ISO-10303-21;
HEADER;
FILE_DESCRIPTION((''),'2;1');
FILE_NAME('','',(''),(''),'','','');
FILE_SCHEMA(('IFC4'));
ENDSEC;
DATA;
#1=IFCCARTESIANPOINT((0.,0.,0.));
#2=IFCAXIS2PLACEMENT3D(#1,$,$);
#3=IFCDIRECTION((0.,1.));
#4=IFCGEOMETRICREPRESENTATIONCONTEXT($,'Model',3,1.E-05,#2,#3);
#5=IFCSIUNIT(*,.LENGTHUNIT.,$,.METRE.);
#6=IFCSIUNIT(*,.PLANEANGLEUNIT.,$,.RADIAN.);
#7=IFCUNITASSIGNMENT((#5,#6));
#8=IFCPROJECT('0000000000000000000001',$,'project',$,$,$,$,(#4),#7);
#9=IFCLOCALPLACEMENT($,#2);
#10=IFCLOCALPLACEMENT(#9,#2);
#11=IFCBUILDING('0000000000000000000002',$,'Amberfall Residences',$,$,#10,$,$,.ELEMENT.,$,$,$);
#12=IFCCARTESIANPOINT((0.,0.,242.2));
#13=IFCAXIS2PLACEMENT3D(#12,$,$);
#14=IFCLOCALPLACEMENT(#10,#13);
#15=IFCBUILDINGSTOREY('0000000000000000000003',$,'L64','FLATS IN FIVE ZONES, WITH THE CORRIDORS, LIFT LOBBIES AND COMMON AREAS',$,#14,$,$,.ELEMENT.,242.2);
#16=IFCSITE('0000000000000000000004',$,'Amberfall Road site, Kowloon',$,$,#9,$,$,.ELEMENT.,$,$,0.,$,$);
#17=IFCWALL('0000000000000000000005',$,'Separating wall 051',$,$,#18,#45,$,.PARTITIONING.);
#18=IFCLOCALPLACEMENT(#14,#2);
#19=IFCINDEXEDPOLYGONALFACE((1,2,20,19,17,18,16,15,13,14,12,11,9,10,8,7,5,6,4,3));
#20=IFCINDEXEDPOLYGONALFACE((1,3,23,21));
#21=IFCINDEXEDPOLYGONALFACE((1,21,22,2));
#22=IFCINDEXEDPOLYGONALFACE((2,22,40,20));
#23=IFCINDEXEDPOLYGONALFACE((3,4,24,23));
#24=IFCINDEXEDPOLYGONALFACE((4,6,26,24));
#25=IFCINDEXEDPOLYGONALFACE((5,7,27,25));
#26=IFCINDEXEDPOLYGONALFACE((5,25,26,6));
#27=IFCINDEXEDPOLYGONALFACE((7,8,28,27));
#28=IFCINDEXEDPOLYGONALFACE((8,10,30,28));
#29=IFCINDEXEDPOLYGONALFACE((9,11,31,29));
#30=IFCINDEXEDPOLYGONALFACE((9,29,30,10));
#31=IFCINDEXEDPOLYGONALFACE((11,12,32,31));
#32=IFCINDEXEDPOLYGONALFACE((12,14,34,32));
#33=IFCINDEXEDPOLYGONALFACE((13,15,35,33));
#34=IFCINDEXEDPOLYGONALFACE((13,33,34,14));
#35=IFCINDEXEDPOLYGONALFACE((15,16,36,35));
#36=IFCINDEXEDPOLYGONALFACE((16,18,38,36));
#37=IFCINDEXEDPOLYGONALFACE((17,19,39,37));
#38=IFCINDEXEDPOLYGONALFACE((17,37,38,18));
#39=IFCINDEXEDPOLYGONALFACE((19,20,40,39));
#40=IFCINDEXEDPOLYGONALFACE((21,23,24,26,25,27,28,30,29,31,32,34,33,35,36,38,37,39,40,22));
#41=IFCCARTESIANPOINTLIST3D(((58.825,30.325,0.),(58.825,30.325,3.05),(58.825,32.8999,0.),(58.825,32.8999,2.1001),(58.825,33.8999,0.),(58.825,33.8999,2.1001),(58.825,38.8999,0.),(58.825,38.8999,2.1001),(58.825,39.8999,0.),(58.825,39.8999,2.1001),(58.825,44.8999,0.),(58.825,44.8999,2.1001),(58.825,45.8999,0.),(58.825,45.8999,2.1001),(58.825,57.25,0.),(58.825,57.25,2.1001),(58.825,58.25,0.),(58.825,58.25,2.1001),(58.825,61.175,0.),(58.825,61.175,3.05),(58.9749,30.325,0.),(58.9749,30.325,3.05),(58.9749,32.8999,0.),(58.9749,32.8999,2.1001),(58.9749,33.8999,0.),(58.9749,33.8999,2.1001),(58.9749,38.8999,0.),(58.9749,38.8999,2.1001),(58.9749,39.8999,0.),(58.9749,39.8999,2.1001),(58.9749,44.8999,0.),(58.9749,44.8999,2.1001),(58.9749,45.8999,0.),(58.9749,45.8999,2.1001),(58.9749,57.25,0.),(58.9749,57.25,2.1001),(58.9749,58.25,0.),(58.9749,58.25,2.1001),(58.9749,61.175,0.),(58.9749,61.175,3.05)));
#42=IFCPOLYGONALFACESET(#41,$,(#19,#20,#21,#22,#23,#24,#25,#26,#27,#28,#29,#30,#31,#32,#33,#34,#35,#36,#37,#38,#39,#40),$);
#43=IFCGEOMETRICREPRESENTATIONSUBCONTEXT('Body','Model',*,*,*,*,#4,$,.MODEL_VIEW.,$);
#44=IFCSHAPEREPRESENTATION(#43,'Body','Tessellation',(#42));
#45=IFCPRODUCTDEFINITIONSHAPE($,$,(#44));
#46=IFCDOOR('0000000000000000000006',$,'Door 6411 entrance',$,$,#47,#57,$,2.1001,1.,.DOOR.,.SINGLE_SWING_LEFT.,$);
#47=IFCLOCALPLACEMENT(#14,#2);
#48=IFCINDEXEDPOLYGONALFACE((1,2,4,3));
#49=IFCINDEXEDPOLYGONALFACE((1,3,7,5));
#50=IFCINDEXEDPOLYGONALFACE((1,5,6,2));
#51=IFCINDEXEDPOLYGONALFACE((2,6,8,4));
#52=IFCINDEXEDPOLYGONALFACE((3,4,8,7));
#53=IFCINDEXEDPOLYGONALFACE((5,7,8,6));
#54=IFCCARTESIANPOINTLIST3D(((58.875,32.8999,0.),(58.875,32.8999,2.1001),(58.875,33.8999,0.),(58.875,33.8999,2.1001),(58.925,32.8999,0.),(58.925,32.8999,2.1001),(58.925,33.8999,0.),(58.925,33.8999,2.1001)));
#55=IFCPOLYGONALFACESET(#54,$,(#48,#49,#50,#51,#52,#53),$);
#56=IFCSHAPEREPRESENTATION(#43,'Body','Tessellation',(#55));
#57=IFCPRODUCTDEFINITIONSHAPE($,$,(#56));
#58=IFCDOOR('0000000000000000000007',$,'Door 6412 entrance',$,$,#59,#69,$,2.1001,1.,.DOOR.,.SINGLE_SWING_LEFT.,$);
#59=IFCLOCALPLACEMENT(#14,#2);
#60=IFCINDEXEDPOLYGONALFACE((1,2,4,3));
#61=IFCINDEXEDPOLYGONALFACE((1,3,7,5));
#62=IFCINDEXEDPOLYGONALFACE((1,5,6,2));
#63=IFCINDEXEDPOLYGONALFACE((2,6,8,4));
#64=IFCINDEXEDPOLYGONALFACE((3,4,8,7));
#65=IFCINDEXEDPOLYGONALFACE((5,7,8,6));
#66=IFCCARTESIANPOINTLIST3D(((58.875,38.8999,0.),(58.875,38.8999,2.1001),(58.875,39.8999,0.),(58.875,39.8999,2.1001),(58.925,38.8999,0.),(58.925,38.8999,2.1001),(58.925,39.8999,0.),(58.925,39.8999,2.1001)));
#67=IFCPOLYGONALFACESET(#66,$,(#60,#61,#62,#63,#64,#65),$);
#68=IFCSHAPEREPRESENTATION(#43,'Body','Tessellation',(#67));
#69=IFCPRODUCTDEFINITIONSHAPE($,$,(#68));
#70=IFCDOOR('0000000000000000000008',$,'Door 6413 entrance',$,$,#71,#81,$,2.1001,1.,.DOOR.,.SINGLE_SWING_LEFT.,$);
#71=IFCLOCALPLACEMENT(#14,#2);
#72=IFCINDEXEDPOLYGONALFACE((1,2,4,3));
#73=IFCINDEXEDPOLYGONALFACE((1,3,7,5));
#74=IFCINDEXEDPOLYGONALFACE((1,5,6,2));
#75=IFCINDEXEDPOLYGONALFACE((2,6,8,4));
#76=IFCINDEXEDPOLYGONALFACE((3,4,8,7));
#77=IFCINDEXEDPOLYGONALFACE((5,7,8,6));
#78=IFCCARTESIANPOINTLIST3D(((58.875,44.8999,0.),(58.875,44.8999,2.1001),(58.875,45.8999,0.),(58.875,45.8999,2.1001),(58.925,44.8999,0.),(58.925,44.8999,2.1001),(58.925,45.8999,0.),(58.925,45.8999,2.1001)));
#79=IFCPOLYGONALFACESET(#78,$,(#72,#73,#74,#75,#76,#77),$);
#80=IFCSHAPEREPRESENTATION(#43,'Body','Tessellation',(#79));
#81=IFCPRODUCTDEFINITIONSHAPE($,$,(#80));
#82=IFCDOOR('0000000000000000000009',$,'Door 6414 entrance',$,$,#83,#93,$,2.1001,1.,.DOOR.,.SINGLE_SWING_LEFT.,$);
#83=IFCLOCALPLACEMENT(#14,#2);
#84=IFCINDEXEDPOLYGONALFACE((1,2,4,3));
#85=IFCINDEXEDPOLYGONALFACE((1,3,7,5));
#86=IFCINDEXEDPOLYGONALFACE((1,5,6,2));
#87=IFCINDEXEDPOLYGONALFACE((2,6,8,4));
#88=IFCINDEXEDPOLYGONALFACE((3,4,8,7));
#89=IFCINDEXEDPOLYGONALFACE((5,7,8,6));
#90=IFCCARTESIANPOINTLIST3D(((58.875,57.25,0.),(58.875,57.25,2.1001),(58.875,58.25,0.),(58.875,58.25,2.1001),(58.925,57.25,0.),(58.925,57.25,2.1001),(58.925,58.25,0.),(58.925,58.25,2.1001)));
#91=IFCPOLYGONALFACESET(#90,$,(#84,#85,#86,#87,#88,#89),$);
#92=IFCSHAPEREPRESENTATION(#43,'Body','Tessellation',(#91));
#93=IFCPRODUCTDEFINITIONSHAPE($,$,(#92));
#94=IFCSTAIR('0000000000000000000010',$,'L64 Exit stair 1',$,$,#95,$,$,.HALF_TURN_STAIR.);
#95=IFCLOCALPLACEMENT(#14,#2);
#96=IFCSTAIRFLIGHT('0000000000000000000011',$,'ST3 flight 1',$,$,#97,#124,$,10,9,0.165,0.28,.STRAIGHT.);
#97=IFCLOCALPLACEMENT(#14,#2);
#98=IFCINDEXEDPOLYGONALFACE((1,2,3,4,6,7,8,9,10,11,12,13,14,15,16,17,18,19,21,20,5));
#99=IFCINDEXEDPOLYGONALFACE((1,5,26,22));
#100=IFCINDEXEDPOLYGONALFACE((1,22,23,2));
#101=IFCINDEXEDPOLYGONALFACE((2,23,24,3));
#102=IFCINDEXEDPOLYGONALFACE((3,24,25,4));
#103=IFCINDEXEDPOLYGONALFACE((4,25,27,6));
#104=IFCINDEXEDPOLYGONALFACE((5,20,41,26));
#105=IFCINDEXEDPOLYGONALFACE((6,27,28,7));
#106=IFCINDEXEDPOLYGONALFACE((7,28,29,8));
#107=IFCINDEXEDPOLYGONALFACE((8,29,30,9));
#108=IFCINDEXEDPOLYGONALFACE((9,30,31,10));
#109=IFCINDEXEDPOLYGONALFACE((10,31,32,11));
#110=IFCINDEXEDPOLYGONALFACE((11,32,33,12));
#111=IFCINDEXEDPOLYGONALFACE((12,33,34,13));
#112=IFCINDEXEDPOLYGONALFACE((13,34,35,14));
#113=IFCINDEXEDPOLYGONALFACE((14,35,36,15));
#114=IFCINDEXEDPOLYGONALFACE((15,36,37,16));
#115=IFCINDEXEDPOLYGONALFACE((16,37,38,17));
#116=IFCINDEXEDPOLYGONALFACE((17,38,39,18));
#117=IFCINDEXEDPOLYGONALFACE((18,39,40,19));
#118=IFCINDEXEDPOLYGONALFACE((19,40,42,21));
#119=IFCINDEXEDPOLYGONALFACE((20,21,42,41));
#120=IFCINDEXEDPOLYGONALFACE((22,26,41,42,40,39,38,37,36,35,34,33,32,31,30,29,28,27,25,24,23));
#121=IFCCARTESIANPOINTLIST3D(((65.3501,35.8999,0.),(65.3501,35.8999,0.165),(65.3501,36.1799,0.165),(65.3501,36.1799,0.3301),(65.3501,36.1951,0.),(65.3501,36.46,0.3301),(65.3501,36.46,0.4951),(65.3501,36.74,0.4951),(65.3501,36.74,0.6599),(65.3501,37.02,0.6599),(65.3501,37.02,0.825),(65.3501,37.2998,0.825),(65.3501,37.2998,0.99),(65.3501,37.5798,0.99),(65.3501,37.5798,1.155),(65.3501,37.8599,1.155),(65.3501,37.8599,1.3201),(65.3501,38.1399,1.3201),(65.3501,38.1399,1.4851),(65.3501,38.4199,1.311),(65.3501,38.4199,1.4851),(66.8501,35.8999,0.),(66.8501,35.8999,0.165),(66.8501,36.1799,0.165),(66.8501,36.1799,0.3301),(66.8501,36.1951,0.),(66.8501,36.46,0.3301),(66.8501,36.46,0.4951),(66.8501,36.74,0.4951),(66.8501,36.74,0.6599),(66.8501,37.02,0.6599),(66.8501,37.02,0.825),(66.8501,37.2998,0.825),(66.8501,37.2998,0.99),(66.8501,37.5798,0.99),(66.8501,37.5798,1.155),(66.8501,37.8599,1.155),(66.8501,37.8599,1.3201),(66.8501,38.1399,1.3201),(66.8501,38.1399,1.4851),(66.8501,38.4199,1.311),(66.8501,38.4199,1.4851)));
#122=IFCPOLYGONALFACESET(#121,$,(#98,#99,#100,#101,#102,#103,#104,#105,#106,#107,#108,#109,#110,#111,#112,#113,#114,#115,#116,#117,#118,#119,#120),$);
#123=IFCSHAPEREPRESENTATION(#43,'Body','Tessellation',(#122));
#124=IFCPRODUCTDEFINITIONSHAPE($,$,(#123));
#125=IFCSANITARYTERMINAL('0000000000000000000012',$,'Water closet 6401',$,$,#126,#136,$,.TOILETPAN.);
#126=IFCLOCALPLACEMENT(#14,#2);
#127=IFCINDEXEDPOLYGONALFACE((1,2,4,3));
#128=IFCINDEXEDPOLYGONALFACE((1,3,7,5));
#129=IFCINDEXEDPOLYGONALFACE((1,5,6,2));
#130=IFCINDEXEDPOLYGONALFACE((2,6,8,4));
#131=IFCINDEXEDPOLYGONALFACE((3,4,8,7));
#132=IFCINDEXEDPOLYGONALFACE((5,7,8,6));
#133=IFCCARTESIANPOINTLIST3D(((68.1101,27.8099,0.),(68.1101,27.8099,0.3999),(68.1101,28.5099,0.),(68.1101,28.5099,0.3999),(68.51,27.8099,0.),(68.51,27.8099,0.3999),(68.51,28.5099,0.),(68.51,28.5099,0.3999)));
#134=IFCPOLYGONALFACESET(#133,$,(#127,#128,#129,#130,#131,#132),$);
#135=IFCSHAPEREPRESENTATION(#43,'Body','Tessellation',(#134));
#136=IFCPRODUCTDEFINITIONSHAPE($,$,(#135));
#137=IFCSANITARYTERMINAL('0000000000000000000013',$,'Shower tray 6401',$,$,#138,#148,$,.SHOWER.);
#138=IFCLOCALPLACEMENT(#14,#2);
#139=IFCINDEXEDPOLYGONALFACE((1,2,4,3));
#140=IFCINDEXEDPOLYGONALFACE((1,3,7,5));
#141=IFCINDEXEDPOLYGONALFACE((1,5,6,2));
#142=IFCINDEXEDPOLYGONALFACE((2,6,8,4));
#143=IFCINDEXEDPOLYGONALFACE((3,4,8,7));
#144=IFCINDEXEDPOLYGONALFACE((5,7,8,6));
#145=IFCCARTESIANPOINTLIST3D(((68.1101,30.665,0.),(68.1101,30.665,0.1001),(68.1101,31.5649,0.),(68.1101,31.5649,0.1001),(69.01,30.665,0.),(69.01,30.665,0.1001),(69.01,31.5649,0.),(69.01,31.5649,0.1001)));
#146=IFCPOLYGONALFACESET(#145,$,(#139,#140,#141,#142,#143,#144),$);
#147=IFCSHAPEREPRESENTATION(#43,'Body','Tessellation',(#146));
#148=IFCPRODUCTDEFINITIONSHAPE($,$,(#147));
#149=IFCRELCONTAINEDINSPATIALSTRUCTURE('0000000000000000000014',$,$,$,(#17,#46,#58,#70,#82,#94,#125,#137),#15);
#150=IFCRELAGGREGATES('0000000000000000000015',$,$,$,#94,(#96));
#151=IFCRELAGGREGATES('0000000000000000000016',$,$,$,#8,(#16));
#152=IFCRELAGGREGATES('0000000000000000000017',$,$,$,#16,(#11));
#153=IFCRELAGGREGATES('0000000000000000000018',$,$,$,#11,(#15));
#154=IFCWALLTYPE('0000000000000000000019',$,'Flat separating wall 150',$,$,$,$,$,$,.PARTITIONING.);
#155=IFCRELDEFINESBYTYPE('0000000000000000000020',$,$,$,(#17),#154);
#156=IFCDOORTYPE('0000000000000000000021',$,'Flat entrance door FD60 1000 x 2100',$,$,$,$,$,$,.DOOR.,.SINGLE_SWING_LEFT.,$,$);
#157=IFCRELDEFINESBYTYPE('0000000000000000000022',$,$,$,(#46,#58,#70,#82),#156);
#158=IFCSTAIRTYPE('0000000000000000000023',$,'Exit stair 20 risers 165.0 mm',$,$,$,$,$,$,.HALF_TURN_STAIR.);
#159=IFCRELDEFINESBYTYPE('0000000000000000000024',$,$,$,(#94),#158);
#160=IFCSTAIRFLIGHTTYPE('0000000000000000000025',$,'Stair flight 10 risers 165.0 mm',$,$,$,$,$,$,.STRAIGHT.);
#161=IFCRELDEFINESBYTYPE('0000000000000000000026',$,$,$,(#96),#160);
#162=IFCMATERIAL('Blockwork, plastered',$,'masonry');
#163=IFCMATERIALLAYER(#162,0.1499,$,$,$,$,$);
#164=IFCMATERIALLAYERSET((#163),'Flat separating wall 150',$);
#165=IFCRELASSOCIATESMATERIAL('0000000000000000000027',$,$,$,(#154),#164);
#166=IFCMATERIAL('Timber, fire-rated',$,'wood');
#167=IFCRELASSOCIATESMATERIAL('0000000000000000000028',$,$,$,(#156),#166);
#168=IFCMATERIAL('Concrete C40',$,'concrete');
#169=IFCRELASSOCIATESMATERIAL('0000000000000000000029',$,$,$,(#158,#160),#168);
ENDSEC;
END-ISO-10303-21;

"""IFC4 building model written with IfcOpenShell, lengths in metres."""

from ifc_helpers import new_model, si_unit, direction, frame, frame_2d, origin, origin_2d, place, context, subcontext, project, spatial, polyline, rectangle, outline, extrude, material, layer, layer_set, type_object, element, fill, aggregate, save


model = new_model("IFC4")

# Units and contexts
model_context = context("Model", 3, precision=1e-05, world=origin(), true_north=direction((0.0, 1.0)))
body_context = subcontext(model_context, "Body", "Model", "MODEL_VIEW")
ifc_project = project(units=[si_unit("LENGTHUNIT", "METRE"), si_unit("PLANEANGLEUNIT", "RADIAN")], contexts=[model_context])

# Site, building, storey
site_placement = place(None, origin())
site = spatial("IfcSite", under=ifc_project, at=site_placement, Name="Amberfall Road site, Kowloon", CompositionType="ELEMENT", RefElevation=0.0)
building_placement = place(site_placement, origin())
building = spatial("IfcBuilding", under=site, at=building_placement, Name="Amberfall Residences", CompositionType="ELEMENT")
storey_placement = place(building_placement, frame((0.0, 0.0, 242.2)))
storey = spatial("IfcBuildingStorey", under=building, at=storey_placement, Name="L64", Description="FLATS IN FIVE ZONES, WITH THE CORRIDORS, LIFT LOBBIES AND COMMON AREAS", CompositionType="ELEMENT", Elevation=242.2)

# Wall, openings, doors
ifc_material_1 = material(Name="Blockwork, plastered", Category="masonry")
ifc_layer_1 = layer(ifc_material_1, 0.1499)
ifc_layer_set_1 = layer_set([ifc_layer_1], Name="Flat separating wall 150")
wall_type_1 = type_object("IfcWallType", Name="Flat separating wall 150", PredefinedType="PARTITIONING", material=ifc_layer_set_1)
wall_1_placement = place(storey_placement, frame((58.8999, 30.325, 0.0), z_axis=(0.0, 0.0, 1.0), x_axis=(0.0, 1.0, 0.0)))
wall_1 = element("IfcWall", 1, at=wall_1_placement, inside=storey, type_object=wall_type_1, Name="Separating wall 051", PredefinedType="PARTITIONING", context=body_context, shape_type="SweptSolid", body=[
    extrude(rectangle(XDim=30.8501, YDim=0.1499, at=frame_2d((15.425, 0.0))), origin(), (0.0, 0.0, 1.0), 3.05),
])
opening_1_placement = place(wall_1_placement, frame((2.575, 0.0, 0.0)))
opening_1 = element("IfcOpeningElement", 2, at=opening_1_placement, cuts=wall_1, PredefinedType="OPENING", context=body_context, shape_type="SweptSolid", body=[
    extrude(rectangle(XDim=1.0, YDim=2.1001, at=frame_2d((0.5, 1.05))), frame((0.0, 0.085, 0.0), z_axis=(0.0, -1.0, 0.0), x_axis=(1.0, 0.0, 0.0)), (0.0, 0.0, 1.0), 0.1699),
])
opening_2_placement = place(wall_1_placement, frame((8.575, 0.0, 0.0)))
opening_2 = element("IfcOpeningElement", 3, at=opening_2_placement, cuts=wall_1, PredefinedType="OPENING", context=body_context, shape_type="SweptSolid", body=[
    extrude(rectangle(XDim=1.0, YDim=2.1001, at=frame_2d((0.5, 1.05))), frame((0.0, 0.085, 0.0), z_axis=(0.0, -1.0, 0.0), x_axis=(1.0, 0.0, 0.0)), (0.0, 0.0, 1.0), 0.1699),
])
opening_3_placement = place(wall_1_placement, frame((14.575, 0.0, 0.0)))
opening_3 = element("IfcOpeningElement", 4, at=opening_3_placement, cuts=wall_1, PredefinedType="OPENING", context=body_context, shape_type="SweptSolid", body=[
    extrude(rectangle(XDim=1.0, YDim=2.1001, at=frame_2d((0.5, 1.05))), frame((0.0, 0.085, 0.0), z_axis=(0.0, -1.0, 0.0), x_axis=(1.0, 0.0, 0.0)), (0.0, 0.0, 1.0), 0.1699),
])
opening_4_placement = place(wall_1_placement, frame((26.925, 0.0, 0.0)))
opening_4 = element("IfcOpeningElement", 5, at=opening_4_placement, cuts=wall_1, PredefinedType="OPENING", context=body_context, shape_type="SweptSolid", body=[
    extrude(rectangle(XDim=1.0, YDim=2.1001, at=frame_2d((0.5, 1.05))), frame((0.0, 0.085, 0.0), z_axis=(0.0, -1.0, 0.0), x_axis=(1.0, 0.0, 0.0)), (0.0, 0.0, 1.0), 0.1699),
])
ifc_material_2 = material(Name="Timber, fire-rated", Category="wood")
door_type_1 = type_object("IfcDoorType", Name="Flat entrance door FD60 1000 x 2100", OperationType="SINGLE_SWING_LEFT", PredefinedType="DOOR", material=ifc_material_2)
door_1_placement = place(opening_1_placement, origin())
door_1 = element("IfcDoor", 6, at=door_1_placement, inside=storey, type_object=door_type_1, Name="Door 6411 entrance", OperationType="SINGLE_SWING_LEFT", OverallHeight=2.1001, OverallWidth=1.0, PredefinedType="DOOR", context=body_context, shape_type="SweptSolid", body=[
    extrude(rectangle(XDim=1.0, YDim=2.1001, at=frame_2d((0.5, 1.05))), frame((0.0, 0.0249, 0.0), z_axis=(0.0, -1.0, 0.0), x_axis=(1.0, 0.0, 0.0)), (0.0, 0.0, 1.0), 0.05),
])
fill(opening_1, door_1)
door_2_placement = place(opening_2_placement, origin())
door_2 = element("IfcDoor", 7, at=door_2_placement, inside=storey, type_object=door_type_1, Name="Door 6412 entrance", OperationType="SINGLE_SWING_LEFT", OverallHeight=2.1001, OverallWidth=1.0, PredefinedType="DOOR", context=body_context, shape_type="SweptSolid", body=[
    extrude(rectangle(XDim=1.0, YDim=2.1001, at=frame_2d((0.5, 1.05))), frame((0.0, 0.0249, 0.0), z_axis=(0.0, -1.0, 0.0), x_axis=(1.0, 0.0, 0.0)), (0.0, 0.0, 1.0), 0.05),
])
fill(opening_2, door_2)
door_3_placement = place(opening_3_placement, origin())
door_3 = element("IfcDoor", 8, at=door_3_placement, inside=storey, type_object=door_type_1, Name="Door 6413 entrance", OperationType="SINGLE_SWING_LEFT", OverallHeight=2.1001, OverallWidth=1.0, PredefinedType="DOOR", context=body_context, shape_type="SweptSolid", body=[
    extrude(rectangle(XDim=1.0, YDim=2.1001, at=frame_2d((0.5, 1.05))), frame((0.0, 0.0249, 0.0), z_axis=(0.0, -1.0, 0.0), x_axis=(1.0, 0.0, 0.0)), (0.0, 0.0, 1.0), 0.05),
])
fill(opening_3, door_3)
door_4_placement = place(opening_4_placement, origin())
door_4 = element("IfcDoor", 9, at=door_4_placement, inside=storey, type_object=door_type_1, Name="Door 6414 entrance", OperationType="SINGLE_SWING_LEFT", OverallHeight=2.1001, OverallWidth=1.0, PredefinedType="DOOR", context=body_context, shape_type="SweptSolid", body=[
    extrude(rectangle(XDim=1.0, YDim=2.1001, at=frame_2d((0.5, 1.05))), frame((0.0, 0.0249, 0.0), z_axis=(0.0, -1.0, 0.0), x_axis=(1.0, 0.0, 0.0)), (0.0, 0.0, 1.0), 0.05),
])
fill(opening_4, door_4)

# Stair, stair flight
ifc_material_3 = material(Name="Concrete C40", Category="concrete")
stair_type = type_object("IfcStairType", Name="Exit stair 20 risers 165.0 mm", PredefinedType="HALF_TURN_STAIR", material=ifc_material_3)
stair_placement = place(storey_placement, origin())
stair = element("IfcStair", 10, at=stair_placement, inside=storey, type_object=stair_type, Name="L64 Exit stair 1", PredefinedType="HALF_TURN_STAIR")
stair_flight_type = type_object("IfcStairFlightType", Name="Stair flight 10 risers 165.0 mm", PredefinedType="STRAIGHT", material=ifc_material_3)
stair_flight_placement = place(storey_placement, frame((66.1001, 35.8999, 0.0), z_axis=(0.0, 0.0, 1.0), x_axis=(0.0, 1.0, 0.0)))
stair_flight = element("IfcStairFlight", 11, at=stair_flight_placement, type_object=stair_flight_type, Name="ST3 flight 1", NumberOfRisers=10, NumberOfTreads=9, PredefinedType="STRAIGHT", RiserHeight=0.165, TreadLength=0.28, context=body_context, shape_type="SweptSolid", body=[
    extrude(outline(polyline([(0.0, 0.0), (0.0, 0.165), (0.28, 0.165), (0.28, 0.3301), (0.5601, 0.3301), (0.5601, 0.4951), (0.8401, 0.4951), (0.8401, 0.6599), (1.1201, 0.6599), (1.1201, 0.825), (1.3999, 0.825), (1.3999, 0.99), (1.6799, 0.99), (1.6799, 1.155), (1.96, 1.155), (1.96, 1.3201), (2.24, 1.3201), (2.24, 1.4851), (2.52, 1.4851), (2.52, 1.6499), (2.52, 1.311), (0.2952, 0.0), (0.0, 0.0)])), frame((0.0, 0.75, 0.0), z_axis=(0.0, -1.0, 0.0), x_axis=(1.0, 0.0, 0.0)), (0.0, 0.0, 1.0), 1.5),
])
aggregate(stair, [stair_flight])

# Sanitary terminals
sanitary_terminal_1_placement = place(storey_placement, frame((68.3101, 28.1599, 0.0), z_axis=(0.0, 0.0, 1.0), x_axis=(1.0, 0.0, 0.0)))
element("IfcSanitaryTerminal", 12, at=sanitary_terminal_1_placement, inside=storey, Name="Water closet 6401", PredefinedType="TOILETPAN", context=body_context, shape_type="SweptSolid", body=[
    extrude(rectangle(XDim=0.3999, YDim=0.7, at=origin_2d()), origin(), (0.0, 0.0, 1.0), 0.3999),
])
sanitary_terminal_2_placement = place(storey_placement, frame((68.5601, 31.115, 0.0), z_axis=(0.0, 0.0, 1.0), x_axis=(1.0, 0.0, 0.0)))
element("IfcSanitaryTerminal", 13, at=sanitary_terminal_2_placement, inside=storey, Name="Shower tray 6401", PredefinedType="SHOWER", context=body_context, shape_type="SweptSolid", body=[
    extrude(rectangle(XDim=0.8999, YDim=0.8999, at=origin_2d()), origin(), (0.0, 0.0, 1.0), 0.1001),
])

save(model, "model.ifc")
